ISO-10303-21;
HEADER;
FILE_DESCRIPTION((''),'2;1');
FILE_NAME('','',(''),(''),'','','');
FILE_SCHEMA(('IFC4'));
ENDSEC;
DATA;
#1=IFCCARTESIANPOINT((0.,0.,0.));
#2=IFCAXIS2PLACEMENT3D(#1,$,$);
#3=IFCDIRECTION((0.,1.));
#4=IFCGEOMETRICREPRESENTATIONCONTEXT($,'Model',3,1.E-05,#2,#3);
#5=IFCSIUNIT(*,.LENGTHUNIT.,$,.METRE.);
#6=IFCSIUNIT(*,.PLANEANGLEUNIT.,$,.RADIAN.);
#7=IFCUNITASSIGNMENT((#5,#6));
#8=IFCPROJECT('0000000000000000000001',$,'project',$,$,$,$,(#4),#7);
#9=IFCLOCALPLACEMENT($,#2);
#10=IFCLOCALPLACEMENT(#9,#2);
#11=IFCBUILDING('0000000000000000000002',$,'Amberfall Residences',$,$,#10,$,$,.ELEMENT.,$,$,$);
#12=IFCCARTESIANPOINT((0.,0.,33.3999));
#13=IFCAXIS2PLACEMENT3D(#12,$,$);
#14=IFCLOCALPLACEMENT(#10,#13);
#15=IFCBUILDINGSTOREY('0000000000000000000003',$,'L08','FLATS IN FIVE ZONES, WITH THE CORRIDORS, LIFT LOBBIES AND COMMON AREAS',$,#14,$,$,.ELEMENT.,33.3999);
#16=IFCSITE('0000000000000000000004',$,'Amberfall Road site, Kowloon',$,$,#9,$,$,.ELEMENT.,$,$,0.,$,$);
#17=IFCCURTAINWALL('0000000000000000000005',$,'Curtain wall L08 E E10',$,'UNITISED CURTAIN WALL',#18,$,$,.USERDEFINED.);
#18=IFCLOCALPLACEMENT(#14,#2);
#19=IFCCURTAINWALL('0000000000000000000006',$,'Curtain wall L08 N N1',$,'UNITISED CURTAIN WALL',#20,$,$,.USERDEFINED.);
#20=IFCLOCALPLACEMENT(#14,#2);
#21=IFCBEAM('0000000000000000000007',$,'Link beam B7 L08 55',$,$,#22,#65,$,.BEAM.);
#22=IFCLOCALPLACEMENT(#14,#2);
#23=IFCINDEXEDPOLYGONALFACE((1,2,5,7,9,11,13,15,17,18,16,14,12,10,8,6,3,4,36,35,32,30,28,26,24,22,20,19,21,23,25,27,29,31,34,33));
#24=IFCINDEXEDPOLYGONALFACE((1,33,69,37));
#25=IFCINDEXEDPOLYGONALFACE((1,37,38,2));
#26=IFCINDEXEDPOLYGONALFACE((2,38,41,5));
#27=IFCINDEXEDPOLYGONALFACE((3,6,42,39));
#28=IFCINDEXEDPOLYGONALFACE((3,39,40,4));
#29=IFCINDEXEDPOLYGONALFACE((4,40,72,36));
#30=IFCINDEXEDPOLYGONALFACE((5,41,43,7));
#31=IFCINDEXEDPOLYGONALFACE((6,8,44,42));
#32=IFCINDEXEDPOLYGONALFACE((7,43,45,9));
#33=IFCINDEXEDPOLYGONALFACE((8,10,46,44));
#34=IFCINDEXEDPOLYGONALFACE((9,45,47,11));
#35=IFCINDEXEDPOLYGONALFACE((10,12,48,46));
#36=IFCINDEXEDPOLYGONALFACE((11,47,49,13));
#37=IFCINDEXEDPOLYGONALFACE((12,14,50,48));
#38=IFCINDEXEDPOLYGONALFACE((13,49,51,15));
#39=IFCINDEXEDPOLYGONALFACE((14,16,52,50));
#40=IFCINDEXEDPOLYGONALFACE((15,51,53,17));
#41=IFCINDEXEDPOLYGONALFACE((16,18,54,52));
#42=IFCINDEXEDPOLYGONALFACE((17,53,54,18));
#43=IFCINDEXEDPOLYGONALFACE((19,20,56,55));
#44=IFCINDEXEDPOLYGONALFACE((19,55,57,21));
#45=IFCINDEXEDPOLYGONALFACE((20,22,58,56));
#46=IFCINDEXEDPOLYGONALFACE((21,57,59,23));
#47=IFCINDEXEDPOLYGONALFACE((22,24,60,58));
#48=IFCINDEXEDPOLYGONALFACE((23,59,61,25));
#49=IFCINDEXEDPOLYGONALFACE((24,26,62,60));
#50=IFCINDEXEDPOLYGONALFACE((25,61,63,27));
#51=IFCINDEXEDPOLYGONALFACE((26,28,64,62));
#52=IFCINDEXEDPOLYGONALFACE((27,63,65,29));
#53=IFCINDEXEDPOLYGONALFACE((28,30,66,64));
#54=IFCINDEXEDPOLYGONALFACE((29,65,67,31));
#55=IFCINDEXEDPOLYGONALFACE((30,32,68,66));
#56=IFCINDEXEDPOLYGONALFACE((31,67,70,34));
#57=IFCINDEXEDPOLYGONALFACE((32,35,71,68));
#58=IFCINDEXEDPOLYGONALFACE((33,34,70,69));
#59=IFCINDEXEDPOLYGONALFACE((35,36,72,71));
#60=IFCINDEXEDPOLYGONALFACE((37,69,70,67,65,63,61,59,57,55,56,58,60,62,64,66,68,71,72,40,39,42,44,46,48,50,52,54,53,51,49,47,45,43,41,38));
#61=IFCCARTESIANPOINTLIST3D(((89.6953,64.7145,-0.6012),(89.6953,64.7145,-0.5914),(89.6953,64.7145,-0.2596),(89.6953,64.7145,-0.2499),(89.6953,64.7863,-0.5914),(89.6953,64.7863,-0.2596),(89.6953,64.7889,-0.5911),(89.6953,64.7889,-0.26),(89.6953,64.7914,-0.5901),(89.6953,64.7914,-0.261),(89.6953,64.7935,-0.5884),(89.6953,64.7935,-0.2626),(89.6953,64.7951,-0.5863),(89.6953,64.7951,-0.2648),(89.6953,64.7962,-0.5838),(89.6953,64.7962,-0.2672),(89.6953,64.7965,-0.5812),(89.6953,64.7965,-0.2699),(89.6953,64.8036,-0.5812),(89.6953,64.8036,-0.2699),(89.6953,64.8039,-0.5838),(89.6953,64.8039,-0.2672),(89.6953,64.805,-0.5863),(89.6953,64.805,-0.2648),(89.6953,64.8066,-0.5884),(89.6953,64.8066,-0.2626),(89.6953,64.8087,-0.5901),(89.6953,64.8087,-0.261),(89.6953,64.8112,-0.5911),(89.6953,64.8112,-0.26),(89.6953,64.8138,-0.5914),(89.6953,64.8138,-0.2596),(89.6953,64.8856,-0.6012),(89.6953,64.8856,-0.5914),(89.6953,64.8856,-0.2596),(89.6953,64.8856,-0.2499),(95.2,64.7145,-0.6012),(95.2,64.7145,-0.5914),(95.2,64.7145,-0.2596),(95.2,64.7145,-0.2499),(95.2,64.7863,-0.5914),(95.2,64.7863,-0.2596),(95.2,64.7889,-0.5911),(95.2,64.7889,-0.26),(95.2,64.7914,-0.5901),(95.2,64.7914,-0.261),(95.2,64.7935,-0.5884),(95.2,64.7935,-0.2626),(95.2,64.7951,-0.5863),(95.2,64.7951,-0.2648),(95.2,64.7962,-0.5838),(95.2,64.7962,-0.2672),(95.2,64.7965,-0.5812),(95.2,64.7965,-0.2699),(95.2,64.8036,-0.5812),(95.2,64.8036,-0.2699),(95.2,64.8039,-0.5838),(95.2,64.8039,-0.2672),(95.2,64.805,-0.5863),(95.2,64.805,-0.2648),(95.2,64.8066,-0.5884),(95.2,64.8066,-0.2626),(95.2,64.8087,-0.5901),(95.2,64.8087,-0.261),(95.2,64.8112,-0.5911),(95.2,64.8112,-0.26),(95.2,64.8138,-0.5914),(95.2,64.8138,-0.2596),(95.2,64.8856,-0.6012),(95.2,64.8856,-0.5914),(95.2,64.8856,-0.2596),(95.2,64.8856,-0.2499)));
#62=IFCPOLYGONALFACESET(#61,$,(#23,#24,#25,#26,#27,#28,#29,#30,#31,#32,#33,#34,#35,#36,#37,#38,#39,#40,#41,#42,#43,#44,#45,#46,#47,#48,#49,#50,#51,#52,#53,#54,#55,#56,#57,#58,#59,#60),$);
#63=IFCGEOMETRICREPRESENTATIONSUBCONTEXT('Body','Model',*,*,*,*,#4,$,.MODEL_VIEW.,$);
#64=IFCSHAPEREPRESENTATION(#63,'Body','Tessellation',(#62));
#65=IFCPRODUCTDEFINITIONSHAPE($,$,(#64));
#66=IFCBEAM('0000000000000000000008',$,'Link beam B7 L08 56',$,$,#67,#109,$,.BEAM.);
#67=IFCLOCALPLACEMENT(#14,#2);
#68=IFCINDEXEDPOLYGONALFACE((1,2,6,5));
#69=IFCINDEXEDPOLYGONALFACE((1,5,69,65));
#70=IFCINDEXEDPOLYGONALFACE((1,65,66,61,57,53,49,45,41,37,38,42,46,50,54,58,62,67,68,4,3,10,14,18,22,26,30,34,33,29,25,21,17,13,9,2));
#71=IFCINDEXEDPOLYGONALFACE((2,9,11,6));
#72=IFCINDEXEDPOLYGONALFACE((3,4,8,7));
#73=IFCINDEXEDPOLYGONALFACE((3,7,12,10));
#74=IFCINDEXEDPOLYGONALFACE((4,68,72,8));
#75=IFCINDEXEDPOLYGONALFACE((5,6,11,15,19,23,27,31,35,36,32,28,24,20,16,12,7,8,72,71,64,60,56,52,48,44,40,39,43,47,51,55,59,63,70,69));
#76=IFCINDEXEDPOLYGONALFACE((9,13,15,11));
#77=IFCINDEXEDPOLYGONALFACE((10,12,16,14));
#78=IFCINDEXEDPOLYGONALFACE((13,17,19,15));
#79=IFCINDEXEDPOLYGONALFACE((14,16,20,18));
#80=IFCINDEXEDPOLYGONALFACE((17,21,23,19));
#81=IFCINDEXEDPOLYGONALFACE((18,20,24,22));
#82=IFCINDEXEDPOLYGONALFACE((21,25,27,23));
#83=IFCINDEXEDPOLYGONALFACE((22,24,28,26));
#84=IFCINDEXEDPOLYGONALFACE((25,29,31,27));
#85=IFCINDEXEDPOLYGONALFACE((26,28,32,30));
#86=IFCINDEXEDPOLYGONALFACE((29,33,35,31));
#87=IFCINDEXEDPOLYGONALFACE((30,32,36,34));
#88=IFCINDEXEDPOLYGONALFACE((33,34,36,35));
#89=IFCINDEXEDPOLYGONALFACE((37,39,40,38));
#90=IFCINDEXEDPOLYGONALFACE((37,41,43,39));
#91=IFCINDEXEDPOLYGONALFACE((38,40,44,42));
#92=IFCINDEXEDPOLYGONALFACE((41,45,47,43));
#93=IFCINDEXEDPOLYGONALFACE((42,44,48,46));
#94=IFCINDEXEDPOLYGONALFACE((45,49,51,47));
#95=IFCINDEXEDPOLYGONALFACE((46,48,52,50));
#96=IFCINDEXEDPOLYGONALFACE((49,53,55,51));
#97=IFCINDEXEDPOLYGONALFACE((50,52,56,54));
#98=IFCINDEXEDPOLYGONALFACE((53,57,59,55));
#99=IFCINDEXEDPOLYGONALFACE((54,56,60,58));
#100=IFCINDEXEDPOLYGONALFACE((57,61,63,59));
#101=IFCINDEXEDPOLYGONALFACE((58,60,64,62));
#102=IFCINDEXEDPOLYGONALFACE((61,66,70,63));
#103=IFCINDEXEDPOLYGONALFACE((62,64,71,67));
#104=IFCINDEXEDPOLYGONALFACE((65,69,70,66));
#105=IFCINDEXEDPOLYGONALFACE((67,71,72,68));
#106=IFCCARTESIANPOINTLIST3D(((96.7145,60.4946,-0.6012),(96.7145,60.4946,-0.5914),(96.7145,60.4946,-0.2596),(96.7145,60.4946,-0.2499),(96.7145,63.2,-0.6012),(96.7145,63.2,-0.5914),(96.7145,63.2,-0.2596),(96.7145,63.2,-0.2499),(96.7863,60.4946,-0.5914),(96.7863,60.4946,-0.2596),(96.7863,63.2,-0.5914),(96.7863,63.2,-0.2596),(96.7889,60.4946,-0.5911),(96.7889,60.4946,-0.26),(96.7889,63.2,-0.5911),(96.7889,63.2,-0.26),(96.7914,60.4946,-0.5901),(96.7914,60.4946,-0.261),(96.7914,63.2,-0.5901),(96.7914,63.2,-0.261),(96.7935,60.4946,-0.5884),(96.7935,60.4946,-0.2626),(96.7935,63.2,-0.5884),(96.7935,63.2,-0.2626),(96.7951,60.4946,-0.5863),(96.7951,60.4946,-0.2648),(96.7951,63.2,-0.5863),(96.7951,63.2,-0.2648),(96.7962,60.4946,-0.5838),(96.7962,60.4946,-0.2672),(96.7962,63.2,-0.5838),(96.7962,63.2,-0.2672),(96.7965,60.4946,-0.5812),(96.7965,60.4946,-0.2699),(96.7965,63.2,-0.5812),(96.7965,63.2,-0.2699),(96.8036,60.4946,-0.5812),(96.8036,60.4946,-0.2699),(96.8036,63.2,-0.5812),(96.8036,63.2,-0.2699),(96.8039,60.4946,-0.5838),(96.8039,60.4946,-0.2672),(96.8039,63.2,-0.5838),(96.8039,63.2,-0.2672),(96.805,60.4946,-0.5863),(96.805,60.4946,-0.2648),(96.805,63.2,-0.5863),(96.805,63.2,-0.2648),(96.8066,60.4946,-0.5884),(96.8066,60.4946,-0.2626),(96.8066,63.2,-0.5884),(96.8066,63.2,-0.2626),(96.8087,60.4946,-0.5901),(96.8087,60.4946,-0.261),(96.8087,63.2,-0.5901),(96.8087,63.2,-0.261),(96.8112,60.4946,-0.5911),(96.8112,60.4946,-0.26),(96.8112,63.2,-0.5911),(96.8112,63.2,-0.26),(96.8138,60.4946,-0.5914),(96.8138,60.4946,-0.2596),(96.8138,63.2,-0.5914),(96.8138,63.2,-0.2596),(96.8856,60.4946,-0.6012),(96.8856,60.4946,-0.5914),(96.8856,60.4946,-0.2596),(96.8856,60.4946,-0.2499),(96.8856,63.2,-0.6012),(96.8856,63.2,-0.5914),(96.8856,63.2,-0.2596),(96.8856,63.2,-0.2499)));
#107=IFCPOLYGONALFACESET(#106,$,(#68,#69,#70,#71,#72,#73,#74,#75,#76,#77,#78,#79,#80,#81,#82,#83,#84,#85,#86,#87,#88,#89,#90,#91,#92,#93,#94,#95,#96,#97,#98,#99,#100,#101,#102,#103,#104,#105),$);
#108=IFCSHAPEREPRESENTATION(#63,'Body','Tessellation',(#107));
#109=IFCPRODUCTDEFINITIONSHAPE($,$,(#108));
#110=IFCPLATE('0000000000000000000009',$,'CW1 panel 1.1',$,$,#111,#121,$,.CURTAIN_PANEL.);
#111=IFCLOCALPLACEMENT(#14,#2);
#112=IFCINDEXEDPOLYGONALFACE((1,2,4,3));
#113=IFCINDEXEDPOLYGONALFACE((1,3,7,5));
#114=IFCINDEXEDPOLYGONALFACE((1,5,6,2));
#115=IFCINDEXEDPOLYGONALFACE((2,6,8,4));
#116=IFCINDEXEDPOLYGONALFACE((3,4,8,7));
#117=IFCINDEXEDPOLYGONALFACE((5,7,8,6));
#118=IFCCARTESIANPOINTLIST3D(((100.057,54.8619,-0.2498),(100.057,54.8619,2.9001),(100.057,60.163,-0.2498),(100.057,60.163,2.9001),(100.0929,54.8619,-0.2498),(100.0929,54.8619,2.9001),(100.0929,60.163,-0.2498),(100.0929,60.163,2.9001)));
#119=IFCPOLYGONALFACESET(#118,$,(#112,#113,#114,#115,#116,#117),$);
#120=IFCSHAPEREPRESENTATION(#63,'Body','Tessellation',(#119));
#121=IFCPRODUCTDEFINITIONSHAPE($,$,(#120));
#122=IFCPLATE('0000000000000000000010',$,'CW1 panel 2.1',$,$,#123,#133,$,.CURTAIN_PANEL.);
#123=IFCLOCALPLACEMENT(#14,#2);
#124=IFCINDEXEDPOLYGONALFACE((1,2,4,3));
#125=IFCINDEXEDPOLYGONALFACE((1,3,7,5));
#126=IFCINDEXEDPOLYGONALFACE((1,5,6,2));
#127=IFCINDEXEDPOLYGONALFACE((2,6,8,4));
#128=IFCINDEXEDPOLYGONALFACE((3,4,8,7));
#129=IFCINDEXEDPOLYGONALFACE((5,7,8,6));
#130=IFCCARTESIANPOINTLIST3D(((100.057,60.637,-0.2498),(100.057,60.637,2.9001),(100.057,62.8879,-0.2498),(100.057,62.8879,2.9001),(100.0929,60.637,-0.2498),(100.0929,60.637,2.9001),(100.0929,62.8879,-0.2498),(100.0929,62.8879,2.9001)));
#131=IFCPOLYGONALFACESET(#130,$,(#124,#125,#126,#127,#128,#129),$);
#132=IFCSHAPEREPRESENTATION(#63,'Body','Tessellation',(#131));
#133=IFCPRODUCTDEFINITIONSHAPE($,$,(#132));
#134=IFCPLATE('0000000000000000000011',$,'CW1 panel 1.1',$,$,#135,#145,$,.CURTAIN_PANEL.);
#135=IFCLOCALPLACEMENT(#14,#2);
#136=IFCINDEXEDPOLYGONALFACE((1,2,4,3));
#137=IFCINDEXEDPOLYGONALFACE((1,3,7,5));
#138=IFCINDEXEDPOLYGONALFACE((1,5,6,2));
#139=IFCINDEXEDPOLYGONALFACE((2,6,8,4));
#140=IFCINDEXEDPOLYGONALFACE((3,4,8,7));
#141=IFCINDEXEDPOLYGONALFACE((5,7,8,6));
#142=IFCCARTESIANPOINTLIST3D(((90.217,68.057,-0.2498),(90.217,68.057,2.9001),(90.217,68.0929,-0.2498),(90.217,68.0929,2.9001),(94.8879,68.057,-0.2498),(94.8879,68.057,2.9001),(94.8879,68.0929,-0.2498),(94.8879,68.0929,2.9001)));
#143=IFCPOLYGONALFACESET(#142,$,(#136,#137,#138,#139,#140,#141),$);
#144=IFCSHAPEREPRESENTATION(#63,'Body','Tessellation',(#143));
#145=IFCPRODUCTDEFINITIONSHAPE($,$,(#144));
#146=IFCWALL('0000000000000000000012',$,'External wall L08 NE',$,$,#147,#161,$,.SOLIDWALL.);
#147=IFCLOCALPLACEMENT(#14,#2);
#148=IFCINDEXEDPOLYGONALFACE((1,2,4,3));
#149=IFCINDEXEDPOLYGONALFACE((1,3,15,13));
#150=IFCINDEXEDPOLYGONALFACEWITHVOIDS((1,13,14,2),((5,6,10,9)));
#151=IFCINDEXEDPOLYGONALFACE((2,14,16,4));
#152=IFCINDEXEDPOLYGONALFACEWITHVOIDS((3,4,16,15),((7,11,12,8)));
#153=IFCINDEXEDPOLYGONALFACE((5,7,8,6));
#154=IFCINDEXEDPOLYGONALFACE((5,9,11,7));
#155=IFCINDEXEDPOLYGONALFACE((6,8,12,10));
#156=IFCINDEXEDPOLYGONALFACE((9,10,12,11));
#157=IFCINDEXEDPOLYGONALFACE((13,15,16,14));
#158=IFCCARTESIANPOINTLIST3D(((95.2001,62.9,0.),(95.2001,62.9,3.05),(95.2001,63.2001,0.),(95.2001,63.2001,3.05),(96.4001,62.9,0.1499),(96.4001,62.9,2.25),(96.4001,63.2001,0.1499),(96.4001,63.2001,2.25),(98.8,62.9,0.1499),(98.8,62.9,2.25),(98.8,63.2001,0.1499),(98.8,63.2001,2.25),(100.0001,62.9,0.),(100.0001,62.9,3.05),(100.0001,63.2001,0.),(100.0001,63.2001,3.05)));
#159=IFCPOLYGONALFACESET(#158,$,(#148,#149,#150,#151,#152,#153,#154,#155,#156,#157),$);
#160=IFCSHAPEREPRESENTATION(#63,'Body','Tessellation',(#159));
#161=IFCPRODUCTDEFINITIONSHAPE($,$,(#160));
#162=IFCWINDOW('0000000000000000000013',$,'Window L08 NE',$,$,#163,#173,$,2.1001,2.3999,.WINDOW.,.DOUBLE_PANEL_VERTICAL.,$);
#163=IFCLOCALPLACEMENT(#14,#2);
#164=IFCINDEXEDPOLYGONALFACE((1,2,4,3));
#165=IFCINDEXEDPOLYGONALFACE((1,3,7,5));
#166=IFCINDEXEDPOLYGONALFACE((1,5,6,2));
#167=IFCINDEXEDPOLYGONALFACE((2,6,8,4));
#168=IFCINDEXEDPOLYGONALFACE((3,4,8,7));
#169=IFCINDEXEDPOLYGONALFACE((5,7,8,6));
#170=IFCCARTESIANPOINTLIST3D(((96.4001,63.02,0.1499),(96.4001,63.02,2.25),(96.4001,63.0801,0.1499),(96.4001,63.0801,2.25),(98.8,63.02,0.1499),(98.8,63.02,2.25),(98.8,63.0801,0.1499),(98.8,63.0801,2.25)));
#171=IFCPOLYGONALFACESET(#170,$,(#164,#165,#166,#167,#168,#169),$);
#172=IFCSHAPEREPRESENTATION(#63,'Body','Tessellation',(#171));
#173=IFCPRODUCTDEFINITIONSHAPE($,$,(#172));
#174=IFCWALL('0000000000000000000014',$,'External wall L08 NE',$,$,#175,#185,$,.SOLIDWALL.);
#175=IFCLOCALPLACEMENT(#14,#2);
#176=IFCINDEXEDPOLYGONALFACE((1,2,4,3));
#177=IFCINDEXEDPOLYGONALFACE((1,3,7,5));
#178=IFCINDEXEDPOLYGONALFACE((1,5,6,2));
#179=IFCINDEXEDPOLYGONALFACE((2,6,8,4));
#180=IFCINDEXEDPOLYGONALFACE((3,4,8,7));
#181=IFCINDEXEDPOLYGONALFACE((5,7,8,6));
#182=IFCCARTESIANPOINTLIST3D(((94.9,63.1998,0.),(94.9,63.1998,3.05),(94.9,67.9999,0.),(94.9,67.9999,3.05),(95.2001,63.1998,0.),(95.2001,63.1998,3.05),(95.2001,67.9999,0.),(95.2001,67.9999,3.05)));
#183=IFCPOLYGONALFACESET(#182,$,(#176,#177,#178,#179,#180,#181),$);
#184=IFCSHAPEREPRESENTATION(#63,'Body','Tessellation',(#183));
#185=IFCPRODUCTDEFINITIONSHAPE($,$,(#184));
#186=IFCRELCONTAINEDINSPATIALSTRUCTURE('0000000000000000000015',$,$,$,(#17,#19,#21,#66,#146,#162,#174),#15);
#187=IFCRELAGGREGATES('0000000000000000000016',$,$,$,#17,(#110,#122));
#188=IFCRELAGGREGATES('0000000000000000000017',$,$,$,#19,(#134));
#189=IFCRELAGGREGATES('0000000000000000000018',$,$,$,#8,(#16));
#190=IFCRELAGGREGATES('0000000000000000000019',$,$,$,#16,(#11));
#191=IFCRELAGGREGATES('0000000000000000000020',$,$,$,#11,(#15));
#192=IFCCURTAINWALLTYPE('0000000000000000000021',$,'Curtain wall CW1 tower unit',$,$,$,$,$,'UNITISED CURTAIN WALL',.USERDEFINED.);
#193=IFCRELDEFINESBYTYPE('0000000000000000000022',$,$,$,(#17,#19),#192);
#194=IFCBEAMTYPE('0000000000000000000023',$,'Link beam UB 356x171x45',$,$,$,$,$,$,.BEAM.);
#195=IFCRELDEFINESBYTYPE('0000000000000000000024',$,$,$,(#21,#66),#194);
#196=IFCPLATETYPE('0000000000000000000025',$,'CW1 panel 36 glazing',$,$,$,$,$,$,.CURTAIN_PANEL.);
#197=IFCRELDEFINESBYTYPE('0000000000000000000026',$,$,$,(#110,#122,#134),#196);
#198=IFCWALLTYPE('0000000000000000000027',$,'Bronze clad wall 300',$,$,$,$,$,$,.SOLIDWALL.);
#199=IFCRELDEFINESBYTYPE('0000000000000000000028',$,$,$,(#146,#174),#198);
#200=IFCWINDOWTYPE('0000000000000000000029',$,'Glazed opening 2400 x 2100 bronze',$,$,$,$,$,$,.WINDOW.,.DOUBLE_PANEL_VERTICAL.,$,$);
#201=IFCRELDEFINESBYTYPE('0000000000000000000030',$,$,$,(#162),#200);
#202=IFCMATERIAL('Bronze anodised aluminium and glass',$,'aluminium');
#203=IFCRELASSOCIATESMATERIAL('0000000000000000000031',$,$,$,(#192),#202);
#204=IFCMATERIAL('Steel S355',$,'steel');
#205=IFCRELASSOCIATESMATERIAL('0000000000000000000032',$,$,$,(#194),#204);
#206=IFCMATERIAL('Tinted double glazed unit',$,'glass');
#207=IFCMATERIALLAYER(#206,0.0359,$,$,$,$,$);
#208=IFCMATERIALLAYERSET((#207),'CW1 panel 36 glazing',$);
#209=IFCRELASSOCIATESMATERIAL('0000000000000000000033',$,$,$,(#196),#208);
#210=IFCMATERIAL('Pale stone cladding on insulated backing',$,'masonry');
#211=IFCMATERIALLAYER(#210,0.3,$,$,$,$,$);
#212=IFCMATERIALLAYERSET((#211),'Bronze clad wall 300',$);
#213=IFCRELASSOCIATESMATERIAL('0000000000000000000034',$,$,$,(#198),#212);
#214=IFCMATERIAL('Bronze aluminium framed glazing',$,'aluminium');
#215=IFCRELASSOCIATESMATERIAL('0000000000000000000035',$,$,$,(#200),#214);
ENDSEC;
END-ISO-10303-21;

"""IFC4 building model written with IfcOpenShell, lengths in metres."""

from ifc_helpers import new_model, si_unit, direction, frame, frame_2d, origin, origin_2d, place, context, subcontext, project, spatial, rectangle, i_section, extrude, material, layer, layer_set, material_profile, profile_set, type_object, element, fill, aggregate, save


model = new_model("IFC4")

# Units and contexts
model_context = context("Model", 3, precision=1e-05, world=origin(), true_north=direction((0.0, 1.0)))
body_context = subcontext(model_context, "Body", "Model", "MODEL_VIEW")
ifc_project = project(units=[si_unit("LENGTHUNIT", "METRE"), si_unit("PLANEANGLEUNIT", "RADIAN")], contexts=[model_context])

# Site, building, storey
site_placement = place(None, origin())
site = spatial("IfcSite", under=ifc_project, at=site_placement, Name="Amberfall Road site, Kowloon", CompositionType="ELEMENT", RefElevation=0.0)
building_placement = place(site_placement, origin())
building = spatial("IfcBuilding", under=site, at=building_placement, Name="Amberfall Residences", CompositionType="ELEMENT")
storey_placement = place(building_placement, frame((0.0, 0.0, 33.3999)))
storey = spatial("IfcBuildingStorey", under=building, at=storey_placement, Name="L08", Description="FLATS IN FIVE ZONES, WITH THE CORRIDORS, LIFT LOBBIES AND COMMON AREAS", CompositionType="ELEMENT", Elevation=33.3999)

# Curtain walls
ifc_material_1 = material(Name="Bronze anodised aluminium and glass", Category="aluminium")
curtain_wall_type = type_object("IfcCurtainWallType", Name="Curtain wall CW1 tower unit", ElementType="UNITISED CURTAIN WALL", PredefinedType="USERDEFINED", material=ifc_material_1)
curtain_wall_1_placement = place(storey_placement, origin())
curtain_wall_1 = element("IfcCurtainWall", 1, at=curtain_wall_1_placement, inside=storey, type_object=curtain_wall_type, Name="Curtain wall L08 E E10", ObjectType="UNITISED CURTAIN WALL", PredefinedType="USERDEFINED")
curtain_wall_2_placement = place(storey_placement, origin())
curtain_wall_2 = element("IfcCurtainWall", 2, at=curtain_wall_2_placement, inside=storey, type_object=curtain_wall_type, Name="Curtain wall L08 N N1", ObjectType="UNITISED CURTAIN WALL", PredefinedType="USERDEFINED")

# Beams
ifc_material_2 = material(Name="Steel S355", Category="steel")
ifc_material_profile_1 = material_profile(ifc_material_2, i_section(OverallWidth=0.1711, OverallDepth=0.3513, WebThickness=0.0071, FlangeThickness=0.0098, FilletRadius=0.0103, at=origin_2d()), Name="UB 356x171x45")
ifc_profile_set_1 = profile_set([ifc_material_profile_1], Name="Steel S355")
beam_type_1 = type_object("IfcBeamType", Name="Link beam UB 356x171x45", PredefinedType="BEAM", material=ifc_profile_set_1)
beam_1_placement = place(storey_placement, frame((95.2, 64.8, -0.4255), z_axis=(-1.0, 0.0, 0.0), x_axis=(0.0, -1.0, 0.0)))
element("IfcBeam", 3, at=beam_1_placement, inside=storey, type_object=beam_type_1, Name="Link beam B7 L08 55", PredefinedType="BEAM", context=body_context, shape_type="SweptSolid", body=[
    extrude(i_section(OverallWidth=0.1711, OverallDepth=0.3513, WebThickness=0.0071, FlangeThickness=0.0098, FilletRadius=0.0103, at=origin_2d()), origin(), (0.0, 0.0, 1.0), 5.5046),
])
beam_2_placement = place(storey_placement, frame((96.8, 63.2, -0.4255), z_axis=(0.0, -1.0, 0.0), x_axis=(1.0, 0.0, 0.0)))
element("IfcBeam", 4, at=beam_2_placement, inside=storey, type_object=beam_type_1, Name="Link beam B7 L08 56", PredefinedType="BEAM", context=body_context, shape_type="SweptSolid", body=[
    extrude(i_section(OverallWidth=0.1711, OverallDepth=0.3513, WebThickness=0.0071, FlangeThickness=0.0098, FilletRadius=0.0103, at=origin_2d()), origin(), (0.0, 0.0, 1.0), 2.7053),
])

# Plates
ifc_material_3 = material(Name="Tinted double glazed unit", Category="glass")
ifc_layer_1 = layer(ifc_material_3, 0.0359)
ifc_layer_set_1 = layer_set([ifc_layer_1], Name="CW1 panel 36 glazing")
plate_type = type_object("IfcPlateType", Name="CW1 panel 36 glazing", PredefinedType="CURTAIN_PANEL", material=ifc_layer_set_1)
plate_1_placement = place(storey_placement, frame((100.075, 57.5125, -0.2498), z_axis=(0.0, 0.0, 1.0), x_axis=(0.0, 1.0, 0.0)))
plate_1 = element("IfcPlate", 5, at=plate_1_placement, type_object=plate_type, Name="CW1 panel 1.1", PredefinedType="CURTAIN_PANEL", context=body_context, shape_type="SweptSolid", body=[
    extrude(rectangle(XDim=5.301, YDim=0.0359, at=origin_2d()), origin(), (0.0, 0.0, 1.0), 3.1499),
])
plate_2_placement = place(storey_placement, frame((100.075, 61.7625, -0.2498), z_axis=(0.0, 0.0, 1.0), x_axis=(0.0, 1.0, 0.0)))
plate_2 = element("IfcPlate", 6, at=plate_2_placement, type_object=plate_type, Name="CW1 panel 2.1", PredefinedType="CURTAIN_PANEL", context=body_context, shape_type="SweptSolid", body=[
    extrude(rectangle(XDim=2.251, YDim=0.0359, at=origin_2d()), origin(), (0.0, 0.0, 1.0), 3.1499),
])
aggregate(curtain_wall_1, [plate_1, plate_2])
plate_3_placement = place(storey_placement, frame((92.5525, 68.075, -0.2498), z_axis=(0.0, 0.0, 1.0), x_axis=(-1.0, 0.0, 0.0)))
plate_3 = element("IfcPlate", 7, at=plate_3_placement, type_object=plate_type, Name="CW1 panel 1.1", PredefinedType="CURTAIN_PANEL", context=body_context, shape_type="SweptSolid", body=[
    extrude(rectangle(XDim=4.6709, YDim=0.0359, at=origin_2d()), origin(), (0.0, 0.0, 1.0), 3.1499),
])
aggregate(curtain_wall_2, [plate_3])

# Wall, opening, window
ifc_material_4 = material(Name="Pale stone cladding on insulated backing", Category="masonry")
ifc_layer_2 = layer(ifc_material_4, 0.3)
ifc_layer_set_2 = layer_set([ifc_layer_2], Name="Bronze clad wall 300")
wall_type_1 = type_object("IfcWallType", Name="Bronze clad wall 300", PredefinedType="SOLIDWALL", material=ifc_layer_set_2)
wall_1_placement = place(storey_placement, frame((100.0, 63.05, 0.0), z_axis=(0.0, 0.0, 1.0), x_axis=(-1.0, 0.0, 0.0)))
wall_1 = element("IfcWall", 8, at=wall_1_placement, inside=storey, type_object=wall_type_1, Name="External wall L08 NE", PredefinedType="SOLIDWALL", context=body_context, shape_type="SweptSolid", body=[
    extrude(rectangle(XDim=4.8, YDim=0.3, at=frame_2d((2.3999, 0.0))), origin(), (0.0, 0.0, 1.0), 3.05),
])
opening_1_placement = place(wall_1_placement, frame((1.2, 0.0, 0.1499)))
opening_1 = element("IfcOpeningElement", 9, at=opening_1_placement, cuts=wall_1, PredefinedType="OPENING", context=body_context, shape_type="SweptSolid", body=[
    extrude(rectangle(XDim=2.3999, YDim=2.1001, at=frame_2d((1.2, 1.05))), frame((0.0, 0.1599, 0.0), z_axis=(0.0, -1.0, 0.0), x_axis=(1.0, 0.0, 0.0)), (0.0, 0.0, 1.0), 0.3201),
])
ifc_material_5 = material(Name="Bronze aluminium framed glazing", Category="aluminium")
window_type = type_object("IfcWindowType", Name="Glazed opening 2400 x 2100 bronze", PartitioningType="DOUBLE_PANEL_VERTICAL", PredefinedType="WINDOW", material=ifc_material_5)
window_placement = place(opening_1_placement, origin())
window = element("IfcWindow", 10, at=window_placement, inside=storey, type_object=window_type, Name="Window L08 NE", OverallHeight=2.1001, OverallWidth=2.3999, PartitioningType="DOUBLE_PANEL_VERTICAL", PredefinedType="WINDOW", context=body_context, shape_type="SweptSolid", body=[
    extrude(rectangle(XDim=2.3999, YDim=2.1001, at=frame_2d((1.2, 1.05))), frame((0.0, 0.03, 0.0), z_axis=(0.0, -1.0, 0.0), x_axis=(1.0, 0.0, 0.0)), (0.0, 0.0, 1.0), 0.0601),
])
fill(opening_1, window)

# Wall
wall_2_placement = place(storey_placement, frame((95.05, 63.2, 0.0), z_axis=(0.0, 0.0, 1.0), x_axis=(0.0, 1.0, 0.0)))
element("IfcWall", 11, at=wall_2_placement, inside=storey, type_object=wall_type_1, Name="External wall L08 NE", PredefinedType="SOLIDWALL", context=body_context, shape_type="SweptSolid", body=[
    extrude(rectangle(XDim=4.8, YDim=0.3, at=frame_2d((2.3999, 0.0))), origin(), (0.0, 0.0, 1.0), 3.05),
])

save(model, "model.ifc")
